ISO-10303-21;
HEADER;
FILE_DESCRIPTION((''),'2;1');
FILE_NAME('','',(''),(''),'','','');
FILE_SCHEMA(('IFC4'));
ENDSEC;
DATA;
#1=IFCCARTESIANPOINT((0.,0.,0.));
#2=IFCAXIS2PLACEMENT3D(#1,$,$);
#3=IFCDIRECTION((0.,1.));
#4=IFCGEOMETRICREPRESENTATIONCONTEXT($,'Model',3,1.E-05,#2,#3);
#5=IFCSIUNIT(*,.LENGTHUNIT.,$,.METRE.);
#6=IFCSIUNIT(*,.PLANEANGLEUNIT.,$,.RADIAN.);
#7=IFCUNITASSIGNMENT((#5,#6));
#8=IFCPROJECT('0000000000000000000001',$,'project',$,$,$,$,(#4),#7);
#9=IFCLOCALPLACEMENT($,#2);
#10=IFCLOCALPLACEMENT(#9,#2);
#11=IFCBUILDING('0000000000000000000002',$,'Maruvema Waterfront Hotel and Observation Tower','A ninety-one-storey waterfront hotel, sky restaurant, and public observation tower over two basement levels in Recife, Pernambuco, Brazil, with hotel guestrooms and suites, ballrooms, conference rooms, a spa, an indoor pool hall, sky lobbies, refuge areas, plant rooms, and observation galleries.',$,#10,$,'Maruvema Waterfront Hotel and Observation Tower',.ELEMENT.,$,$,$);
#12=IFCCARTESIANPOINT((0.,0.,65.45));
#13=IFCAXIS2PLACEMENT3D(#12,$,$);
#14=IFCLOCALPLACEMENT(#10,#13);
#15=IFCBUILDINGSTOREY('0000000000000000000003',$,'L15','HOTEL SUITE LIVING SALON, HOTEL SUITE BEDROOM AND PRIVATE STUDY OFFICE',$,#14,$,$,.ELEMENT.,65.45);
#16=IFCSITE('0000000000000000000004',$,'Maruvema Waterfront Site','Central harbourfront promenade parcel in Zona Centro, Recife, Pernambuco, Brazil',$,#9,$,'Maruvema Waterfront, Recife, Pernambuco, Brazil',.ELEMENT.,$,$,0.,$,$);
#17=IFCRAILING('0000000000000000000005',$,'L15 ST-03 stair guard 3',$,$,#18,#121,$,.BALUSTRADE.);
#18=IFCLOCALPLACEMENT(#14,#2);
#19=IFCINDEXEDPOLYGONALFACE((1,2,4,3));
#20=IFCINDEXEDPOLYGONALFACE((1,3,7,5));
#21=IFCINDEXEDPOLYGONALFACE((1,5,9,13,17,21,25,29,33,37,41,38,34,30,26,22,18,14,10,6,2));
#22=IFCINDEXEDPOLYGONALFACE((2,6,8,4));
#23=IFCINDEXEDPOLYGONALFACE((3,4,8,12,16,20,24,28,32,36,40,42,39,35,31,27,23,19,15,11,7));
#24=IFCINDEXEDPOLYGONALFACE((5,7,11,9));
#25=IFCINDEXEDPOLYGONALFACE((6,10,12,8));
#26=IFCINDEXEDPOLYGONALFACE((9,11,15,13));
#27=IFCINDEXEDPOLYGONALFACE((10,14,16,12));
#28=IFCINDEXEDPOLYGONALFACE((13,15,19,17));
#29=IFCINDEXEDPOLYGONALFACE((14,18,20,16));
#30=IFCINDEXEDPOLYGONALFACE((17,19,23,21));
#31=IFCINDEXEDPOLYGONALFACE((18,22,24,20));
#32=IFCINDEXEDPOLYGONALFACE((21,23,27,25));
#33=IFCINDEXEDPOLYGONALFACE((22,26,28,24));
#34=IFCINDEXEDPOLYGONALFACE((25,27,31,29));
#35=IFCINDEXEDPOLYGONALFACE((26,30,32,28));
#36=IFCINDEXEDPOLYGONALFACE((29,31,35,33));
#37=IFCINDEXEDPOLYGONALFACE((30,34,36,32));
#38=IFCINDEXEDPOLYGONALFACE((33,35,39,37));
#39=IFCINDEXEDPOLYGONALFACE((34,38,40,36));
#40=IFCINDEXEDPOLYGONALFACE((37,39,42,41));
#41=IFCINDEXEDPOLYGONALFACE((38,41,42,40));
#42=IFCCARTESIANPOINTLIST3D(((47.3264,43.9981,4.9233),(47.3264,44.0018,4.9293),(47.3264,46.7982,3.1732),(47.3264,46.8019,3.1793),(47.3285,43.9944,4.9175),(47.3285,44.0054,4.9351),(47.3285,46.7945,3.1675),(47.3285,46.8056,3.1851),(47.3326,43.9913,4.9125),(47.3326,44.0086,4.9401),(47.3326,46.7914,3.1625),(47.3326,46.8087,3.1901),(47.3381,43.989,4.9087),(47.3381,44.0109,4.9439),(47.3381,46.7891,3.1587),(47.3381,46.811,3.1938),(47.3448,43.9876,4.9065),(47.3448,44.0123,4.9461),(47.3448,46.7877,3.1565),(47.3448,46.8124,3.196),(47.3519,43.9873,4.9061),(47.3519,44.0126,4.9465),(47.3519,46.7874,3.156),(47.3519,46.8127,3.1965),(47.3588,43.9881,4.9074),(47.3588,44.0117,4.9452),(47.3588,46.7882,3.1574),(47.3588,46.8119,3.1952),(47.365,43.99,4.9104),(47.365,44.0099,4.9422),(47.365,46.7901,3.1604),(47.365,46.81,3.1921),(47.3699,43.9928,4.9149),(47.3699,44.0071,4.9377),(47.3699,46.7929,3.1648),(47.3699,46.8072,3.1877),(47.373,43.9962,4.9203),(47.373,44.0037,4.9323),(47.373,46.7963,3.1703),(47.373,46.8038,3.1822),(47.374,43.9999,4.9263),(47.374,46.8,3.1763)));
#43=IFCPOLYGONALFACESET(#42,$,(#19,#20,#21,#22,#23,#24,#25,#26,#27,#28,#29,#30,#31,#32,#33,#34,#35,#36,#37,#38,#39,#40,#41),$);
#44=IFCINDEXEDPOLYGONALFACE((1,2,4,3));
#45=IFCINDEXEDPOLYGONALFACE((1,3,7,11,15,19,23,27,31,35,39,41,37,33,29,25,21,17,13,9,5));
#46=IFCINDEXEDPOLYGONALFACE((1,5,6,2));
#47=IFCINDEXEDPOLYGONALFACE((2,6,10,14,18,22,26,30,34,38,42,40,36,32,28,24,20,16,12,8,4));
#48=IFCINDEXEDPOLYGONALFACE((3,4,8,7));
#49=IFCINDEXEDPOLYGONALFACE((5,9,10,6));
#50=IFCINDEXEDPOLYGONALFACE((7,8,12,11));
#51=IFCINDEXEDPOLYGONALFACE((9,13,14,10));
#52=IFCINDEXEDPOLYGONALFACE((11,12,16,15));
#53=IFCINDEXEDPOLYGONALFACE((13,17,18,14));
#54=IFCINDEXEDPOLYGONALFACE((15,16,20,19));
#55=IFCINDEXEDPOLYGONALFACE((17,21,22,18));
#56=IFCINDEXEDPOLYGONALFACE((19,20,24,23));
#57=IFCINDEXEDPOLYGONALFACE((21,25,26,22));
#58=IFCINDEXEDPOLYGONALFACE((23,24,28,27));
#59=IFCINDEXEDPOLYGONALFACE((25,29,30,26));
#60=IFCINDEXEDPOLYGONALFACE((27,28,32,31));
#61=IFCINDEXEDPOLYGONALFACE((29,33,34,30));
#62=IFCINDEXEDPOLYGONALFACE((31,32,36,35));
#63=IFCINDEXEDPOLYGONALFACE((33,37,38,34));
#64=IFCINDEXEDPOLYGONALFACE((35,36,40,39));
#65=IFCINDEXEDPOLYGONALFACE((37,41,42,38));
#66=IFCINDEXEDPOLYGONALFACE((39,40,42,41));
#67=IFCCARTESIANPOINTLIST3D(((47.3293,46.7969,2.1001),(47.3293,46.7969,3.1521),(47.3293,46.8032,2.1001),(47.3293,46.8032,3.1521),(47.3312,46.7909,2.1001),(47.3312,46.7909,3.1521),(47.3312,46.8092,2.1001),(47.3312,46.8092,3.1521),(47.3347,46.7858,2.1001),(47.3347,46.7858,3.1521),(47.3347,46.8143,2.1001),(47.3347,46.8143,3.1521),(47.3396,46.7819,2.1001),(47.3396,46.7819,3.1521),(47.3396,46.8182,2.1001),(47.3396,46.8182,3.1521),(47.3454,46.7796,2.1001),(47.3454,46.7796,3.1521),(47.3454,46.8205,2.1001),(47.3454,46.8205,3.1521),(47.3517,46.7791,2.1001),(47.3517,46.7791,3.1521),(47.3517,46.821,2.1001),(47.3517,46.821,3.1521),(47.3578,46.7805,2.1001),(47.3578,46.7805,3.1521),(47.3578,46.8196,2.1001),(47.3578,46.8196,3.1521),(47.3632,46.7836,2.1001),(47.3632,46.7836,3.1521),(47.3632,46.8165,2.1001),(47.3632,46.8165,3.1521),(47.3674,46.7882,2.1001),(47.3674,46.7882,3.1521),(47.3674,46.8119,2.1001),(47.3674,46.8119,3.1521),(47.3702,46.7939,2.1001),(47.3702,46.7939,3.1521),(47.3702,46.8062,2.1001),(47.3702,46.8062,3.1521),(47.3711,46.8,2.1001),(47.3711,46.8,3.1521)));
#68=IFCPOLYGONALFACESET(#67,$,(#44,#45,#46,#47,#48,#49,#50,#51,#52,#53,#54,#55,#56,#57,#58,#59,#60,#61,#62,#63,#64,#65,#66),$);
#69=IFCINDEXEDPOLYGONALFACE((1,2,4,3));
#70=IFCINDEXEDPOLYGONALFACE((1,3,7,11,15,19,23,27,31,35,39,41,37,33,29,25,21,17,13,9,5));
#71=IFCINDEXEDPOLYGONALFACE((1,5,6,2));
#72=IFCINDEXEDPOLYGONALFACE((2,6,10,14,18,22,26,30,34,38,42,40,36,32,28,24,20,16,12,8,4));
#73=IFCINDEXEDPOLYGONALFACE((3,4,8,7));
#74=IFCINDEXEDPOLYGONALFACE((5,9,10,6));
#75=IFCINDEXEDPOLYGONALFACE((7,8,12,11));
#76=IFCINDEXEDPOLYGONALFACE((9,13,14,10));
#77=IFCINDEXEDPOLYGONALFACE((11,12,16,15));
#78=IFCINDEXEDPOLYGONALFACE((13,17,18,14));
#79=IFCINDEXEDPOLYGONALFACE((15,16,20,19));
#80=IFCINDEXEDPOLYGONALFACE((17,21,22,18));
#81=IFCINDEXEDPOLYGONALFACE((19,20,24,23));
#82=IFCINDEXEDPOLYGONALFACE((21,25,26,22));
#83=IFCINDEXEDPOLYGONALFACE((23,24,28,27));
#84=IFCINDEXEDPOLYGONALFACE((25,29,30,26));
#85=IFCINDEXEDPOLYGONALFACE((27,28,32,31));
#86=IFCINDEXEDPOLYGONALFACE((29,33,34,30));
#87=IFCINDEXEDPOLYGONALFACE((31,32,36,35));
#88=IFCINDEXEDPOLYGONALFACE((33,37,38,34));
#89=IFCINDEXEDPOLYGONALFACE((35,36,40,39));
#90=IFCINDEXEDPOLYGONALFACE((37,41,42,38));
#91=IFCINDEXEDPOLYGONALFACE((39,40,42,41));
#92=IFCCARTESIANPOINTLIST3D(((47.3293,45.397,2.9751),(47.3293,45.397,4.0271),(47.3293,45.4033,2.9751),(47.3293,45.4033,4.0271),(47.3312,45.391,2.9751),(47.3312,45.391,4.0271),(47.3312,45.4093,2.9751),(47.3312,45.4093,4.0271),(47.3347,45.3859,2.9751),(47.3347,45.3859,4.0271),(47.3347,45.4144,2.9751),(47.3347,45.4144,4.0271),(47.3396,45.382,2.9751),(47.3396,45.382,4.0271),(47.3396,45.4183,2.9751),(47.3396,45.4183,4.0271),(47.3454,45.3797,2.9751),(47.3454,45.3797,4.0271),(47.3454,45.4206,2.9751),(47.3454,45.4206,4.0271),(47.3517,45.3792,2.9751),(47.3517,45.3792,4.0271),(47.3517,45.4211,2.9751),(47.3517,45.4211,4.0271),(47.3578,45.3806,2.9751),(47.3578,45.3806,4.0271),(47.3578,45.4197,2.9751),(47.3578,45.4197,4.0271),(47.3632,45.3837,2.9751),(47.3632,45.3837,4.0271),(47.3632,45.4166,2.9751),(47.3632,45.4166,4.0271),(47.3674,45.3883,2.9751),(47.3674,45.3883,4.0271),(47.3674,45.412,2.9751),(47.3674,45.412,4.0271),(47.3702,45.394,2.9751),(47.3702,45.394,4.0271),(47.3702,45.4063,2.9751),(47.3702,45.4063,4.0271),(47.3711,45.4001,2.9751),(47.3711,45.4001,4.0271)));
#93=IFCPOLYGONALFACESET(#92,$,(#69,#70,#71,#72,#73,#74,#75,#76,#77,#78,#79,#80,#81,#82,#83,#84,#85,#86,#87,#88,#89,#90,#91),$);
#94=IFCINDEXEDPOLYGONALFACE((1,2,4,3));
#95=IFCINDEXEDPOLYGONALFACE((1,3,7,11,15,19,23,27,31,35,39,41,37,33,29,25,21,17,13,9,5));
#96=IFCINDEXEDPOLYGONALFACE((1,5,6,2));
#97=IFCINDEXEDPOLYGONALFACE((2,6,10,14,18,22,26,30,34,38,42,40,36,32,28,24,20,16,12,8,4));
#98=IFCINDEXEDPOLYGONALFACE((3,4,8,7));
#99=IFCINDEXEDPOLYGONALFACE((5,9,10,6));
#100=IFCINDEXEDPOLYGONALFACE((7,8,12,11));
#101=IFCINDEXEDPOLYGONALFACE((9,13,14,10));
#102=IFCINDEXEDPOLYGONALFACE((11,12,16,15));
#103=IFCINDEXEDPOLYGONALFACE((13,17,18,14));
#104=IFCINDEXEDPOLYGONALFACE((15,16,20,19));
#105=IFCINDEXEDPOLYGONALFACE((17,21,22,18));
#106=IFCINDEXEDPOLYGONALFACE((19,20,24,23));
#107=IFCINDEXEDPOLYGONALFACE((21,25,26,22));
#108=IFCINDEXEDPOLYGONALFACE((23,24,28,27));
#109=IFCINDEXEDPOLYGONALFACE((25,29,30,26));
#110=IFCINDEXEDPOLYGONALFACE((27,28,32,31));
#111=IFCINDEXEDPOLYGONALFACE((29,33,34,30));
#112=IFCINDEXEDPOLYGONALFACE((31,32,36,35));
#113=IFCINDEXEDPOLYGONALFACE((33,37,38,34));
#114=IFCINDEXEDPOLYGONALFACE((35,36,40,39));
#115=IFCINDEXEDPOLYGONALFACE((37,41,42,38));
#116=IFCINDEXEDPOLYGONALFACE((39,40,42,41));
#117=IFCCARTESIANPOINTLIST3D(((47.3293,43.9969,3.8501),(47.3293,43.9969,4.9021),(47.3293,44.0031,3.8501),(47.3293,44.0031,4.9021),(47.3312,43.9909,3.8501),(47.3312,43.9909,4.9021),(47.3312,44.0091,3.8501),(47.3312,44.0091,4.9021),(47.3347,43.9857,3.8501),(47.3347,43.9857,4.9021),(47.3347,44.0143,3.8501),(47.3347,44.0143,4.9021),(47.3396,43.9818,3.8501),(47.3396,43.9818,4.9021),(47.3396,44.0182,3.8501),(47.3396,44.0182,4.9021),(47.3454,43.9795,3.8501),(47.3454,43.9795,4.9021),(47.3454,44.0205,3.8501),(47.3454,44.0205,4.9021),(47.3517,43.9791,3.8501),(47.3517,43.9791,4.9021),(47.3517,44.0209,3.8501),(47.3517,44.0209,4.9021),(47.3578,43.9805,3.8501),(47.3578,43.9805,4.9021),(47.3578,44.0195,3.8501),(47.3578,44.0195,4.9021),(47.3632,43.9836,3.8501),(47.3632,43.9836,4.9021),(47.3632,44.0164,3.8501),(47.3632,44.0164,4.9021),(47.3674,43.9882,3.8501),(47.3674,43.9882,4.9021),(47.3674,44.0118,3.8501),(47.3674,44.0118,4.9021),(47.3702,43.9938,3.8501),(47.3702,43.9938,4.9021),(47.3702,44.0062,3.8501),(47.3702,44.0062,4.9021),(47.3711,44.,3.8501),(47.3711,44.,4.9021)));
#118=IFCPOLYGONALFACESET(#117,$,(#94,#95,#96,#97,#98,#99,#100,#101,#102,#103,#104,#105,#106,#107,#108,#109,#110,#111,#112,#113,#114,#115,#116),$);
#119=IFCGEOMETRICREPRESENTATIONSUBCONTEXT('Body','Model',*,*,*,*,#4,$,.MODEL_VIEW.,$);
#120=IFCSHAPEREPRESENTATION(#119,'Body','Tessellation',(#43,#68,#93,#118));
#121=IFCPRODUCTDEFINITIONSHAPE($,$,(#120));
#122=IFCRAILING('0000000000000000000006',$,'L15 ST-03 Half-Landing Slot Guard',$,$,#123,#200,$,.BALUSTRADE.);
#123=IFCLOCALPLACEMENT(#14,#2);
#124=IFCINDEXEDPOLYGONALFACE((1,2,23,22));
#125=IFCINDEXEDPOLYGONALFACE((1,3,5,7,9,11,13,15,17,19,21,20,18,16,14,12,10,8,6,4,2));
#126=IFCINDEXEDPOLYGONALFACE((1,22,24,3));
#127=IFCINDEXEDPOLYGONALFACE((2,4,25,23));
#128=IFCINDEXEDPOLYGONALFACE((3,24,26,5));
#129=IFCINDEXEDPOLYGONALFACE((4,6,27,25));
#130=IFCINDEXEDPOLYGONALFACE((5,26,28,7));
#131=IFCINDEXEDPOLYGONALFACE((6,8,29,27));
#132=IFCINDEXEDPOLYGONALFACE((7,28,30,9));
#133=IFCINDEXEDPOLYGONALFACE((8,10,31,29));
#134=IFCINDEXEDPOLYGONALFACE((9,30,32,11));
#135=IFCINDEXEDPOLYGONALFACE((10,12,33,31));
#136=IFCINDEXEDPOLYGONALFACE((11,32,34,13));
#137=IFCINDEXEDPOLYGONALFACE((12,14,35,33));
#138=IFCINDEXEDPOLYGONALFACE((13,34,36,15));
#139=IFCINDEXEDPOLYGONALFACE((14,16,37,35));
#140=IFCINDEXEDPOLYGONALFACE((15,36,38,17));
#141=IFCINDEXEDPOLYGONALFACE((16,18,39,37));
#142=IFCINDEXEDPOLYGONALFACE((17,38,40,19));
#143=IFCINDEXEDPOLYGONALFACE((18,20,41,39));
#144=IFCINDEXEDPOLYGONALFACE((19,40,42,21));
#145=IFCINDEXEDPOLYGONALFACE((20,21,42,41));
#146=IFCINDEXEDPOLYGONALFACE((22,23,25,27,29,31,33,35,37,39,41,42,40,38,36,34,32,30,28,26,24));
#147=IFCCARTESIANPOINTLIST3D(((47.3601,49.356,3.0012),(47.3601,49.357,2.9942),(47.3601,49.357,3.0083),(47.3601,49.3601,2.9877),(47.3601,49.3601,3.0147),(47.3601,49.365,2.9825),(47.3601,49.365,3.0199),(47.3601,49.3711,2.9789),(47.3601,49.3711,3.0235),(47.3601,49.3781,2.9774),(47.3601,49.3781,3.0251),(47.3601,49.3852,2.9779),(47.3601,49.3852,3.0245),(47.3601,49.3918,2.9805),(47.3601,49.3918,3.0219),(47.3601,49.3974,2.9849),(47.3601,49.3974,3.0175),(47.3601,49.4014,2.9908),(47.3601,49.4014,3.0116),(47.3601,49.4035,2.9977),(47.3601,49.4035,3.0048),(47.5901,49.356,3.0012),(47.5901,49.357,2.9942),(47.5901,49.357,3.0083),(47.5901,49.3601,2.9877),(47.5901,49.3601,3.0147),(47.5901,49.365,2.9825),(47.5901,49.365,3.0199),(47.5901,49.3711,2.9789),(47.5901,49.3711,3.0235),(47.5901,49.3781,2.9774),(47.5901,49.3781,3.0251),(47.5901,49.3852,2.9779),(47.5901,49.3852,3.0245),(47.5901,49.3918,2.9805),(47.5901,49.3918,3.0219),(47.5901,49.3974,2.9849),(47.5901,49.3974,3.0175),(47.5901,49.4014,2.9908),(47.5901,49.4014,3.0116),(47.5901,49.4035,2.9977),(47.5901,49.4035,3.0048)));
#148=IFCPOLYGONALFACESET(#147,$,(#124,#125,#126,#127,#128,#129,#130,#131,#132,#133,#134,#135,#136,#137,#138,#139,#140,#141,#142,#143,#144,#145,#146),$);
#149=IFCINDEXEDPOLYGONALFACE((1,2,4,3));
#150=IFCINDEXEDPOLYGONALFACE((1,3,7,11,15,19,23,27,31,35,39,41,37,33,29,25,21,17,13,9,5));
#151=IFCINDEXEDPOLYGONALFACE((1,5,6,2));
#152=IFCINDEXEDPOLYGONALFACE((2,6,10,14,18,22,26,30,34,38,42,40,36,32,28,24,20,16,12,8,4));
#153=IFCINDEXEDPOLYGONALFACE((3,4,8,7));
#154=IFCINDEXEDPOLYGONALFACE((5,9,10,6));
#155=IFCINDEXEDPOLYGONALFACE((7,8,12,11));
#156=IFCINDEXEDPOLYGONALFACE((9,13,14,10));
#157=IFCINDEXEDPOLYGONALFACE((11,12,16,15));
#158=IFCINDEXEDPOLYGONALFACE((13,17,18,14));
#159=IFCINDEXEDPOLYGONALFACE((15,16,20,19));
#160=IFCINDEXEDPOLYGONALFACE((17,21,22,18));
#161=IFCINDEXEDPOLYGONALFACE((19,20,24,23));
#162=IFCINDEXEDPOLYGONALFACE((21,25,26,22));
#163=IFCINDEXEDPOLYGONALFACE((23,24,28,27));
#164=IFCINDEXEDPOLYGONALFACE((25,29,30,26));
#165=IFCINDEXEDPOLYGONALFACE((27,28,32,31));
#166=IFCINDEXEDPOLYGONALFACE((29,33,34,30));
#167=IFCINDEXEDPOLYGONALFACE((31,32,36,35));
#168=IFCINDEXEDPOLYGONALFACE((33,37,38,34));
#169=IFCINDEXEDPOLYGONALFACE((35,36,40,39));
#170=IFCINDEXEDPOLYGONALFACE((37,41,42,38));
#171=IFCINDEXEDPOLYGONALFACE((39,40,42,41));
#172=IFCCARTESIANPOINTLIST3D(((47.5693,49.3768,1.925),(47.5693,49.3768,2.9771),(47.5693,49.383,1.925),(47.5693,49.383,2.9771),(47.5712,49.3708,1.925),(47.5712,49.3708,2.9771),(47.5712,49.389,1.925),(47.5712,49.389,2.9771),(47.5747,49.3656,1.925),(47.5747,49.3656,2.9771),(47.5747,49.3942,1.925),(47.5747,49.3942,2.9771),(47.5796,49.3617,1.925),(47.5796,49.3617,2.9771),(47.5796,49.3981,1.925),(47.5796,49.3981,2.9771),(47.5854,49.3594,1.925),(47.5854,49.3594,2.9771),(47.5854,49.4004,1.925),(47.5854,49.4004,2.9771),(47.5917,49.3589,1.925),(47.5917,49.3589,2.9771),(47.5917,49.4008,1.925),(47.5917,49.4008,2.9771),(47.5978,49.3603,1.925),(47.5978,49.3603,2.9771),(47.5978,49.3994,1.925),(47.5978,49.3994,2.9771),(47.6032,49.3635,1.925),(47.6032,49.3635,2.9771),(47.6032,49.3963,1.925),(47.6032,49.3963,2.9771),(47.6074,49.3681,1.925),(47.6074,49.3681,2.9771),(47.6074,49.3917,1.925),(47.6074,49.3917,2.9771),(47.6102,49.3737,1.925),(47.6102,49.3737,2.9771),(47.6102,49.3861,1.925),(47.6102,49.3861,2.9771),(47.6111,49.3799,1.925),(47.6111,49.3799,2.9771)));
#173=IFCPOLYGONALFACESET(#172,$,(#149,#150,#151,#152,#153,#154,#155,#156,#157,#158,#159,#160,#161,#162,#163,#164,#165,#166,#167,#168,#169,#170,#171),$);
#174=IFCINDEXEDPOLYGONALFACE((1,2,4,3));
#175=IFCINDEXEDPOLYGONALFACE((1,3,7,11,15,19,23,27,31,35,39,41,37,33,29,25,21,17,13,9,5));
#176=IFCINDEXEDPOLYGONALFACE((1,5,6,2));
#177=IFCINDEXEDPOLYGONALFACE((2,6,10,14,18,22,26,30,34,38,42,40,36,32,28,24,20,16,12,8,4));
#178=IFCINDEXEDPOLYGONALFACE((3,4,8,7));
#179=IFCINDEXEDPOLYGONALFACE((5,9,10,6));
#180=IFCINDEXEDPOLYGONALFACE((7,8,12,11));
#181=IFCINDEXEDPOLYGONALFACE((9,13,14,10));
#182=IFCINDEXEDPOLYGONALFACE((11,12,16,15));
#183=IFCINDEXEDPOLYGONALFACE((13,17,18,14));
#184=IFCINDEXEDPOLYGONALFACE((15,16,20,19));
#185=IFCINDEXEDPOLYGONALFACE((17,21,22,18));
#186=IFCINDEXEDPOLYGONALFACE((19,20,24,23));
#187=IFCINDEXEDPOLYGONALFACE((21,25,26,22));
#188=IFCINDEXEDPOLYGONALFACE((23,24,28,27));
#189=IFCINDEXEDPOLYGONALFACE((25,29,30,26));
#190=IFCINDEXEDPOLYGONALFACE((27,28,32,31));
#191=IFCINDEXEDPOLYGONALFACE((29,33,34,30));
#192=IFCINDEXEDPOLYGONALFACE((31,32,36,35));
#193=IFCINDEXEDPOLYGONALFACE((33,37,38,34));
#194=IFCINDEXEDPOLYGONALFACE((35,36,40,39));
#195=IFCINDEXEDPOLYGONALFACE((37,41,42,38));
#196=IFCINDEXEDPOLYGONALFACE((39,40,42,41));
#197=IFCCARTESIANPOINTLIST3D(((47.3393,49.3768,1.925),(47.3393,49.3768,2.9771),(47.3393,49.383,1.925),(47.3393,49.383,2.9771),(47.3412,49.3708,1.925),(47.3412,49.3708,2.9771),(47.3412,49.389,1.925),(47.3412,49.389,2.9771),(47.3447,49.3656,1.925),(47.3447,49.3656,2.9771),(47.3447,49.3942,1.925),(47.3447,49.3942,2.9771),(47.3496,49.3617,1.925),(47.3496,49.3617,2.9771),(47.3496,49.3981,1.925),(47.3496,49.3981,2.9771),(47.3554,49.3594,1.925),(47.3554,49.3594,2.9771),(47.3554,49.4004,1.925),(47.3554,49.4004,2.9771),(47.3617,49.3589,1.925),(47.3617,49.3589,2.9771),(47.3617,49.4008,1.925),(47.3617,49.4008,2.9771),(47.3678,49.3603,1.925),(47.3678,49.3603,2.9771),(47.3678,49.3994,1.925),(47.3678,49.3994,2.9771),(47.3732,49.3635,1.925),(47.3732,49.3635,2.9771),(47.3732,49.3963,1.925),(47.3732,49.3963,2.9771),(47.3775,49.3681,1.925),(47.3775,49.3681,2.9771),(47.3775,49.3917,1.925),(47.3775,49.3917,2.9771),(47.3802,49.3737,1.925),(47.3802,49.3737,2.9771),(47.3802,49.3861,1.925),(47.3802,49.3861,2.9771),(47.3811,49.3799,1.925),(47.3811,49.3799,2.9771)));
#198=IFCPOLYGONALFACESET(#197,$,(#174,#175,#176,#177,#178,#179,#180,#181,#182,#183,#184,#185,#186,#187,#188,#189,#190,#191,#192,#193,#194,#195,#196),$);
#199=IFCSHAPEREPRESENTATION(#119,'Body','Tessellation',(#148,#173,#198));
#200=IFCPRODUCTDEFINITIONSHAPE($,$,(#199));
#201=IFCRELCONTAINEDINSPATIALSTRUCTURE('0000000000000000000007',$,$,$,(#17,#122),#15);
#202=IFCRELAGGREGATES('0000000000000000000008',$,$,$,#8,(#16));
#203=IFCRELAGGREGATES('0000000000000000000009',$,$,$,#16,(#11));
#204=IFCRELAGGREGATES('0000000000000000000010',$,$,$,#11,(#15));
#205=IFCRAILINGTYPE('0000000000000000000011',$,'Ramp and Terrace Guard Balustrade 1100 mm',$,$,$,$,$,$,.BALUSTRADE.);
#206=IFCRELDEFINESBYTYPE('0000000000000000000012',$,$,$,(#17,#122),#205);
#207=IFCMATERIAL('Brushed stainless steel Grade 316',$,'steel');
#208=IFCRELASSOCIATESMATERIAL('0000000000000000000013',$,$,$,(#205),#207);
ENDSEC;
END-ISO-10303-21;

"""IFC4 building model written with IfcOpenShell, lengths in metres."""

from ifc_helpers import new_model, si_unit, direction, frame, origin, origin_2d, place, context, subcontext, project, spatial, circle, extrude, material, type_object, element, save


model = new_model("IFC4")

# Units and contexts
model_context = context("Model", 3, precision=1e-05, world=origin(), true_north=direction((0.0, 1.0)))
body_context = subcontext(model_context, "Body", "Model", "MODEL_VIEW")
ifc_project = project(units=[si_unit("LENGTHUNIT", "METRE"), si_unit("PLANEANGLEUNIT", "RADIAN")], contexts=[model_context])

# Site, building, storey
site_placement = place(None, origin())
site = spatial("IfcSite", under=ifc_project, at=site_placement, Name="Maruvema Waterfront Site", Description="Central harbourfront promenade parcel in Zona Centro, Recife, Pernambuco, Brazil", LongName="Maruvema Waterfront, Recife, Pernambuco, Brazil", CompositionType="ELEMENT", RefElevation=0.0)
building_placement = place(site_placement, origin())
building = spatial("IfcBuilding", under=site, at=building_placement, Name="Maruvema Waterfront Hotel and Observation Tower", Description="A ninety-one-storey waterfront hotel, sky restaurant, and public observation tower over two basement levels in Recife, Pernambuco, Brazil, with hotel guestrooms and suites, ballrooms, conference rooms, a spa, an indoor pool hall, sky lobbies, refuge areas, plant rooms, and observation galleries.", LongName="Maruvema Waterfront Hotel and Observation Tower", CompositionType="ELEMENT")
storey_placement = place(building_placement, frame((0.0, 0.0, 65.45)))
storey = spatial("IfcBuildingStorey", under=building, at=storey_placement, Name="L15", Description="HOTEL SUITE LIVING SALON, HOTEL SUITE BEDROOM AND PRIVATE STUDY OFFICE", CompositionType="ELEMENT", Elevation=65.45)

# Railings
ifc_material_1 = material(Name="Brushed stainless steel Grade 316", Category="steel")
railing_type_1 = type_object("IfcRailingType", Name="Ramp and Terrace Guard Balustrade 1100 mm", PredefinedType="BALUSTRADE", material=ifc_material_1)
railing_1_placement = place(storey_placement, frame((47.3501, 46.8, 2.1001)))
element("IfcRailing", 1, at=railing_1_placement, inside=storey, type_object=railing_type_1, Name="L15 ST-03 stair guard 3", PredefinedType="BALUSTRADE", context=body_context, shape_type="SweptSolid", body=[
    extrude(circle(Radius=0.0239, at=origin_2d()), frame((0.0, 0.0, 1.0762), z_axis=(0.0, -0.848002, 0.529992), x_axis=(1.0, 0.0, 0.0)), (0.0, 0.0, 1.0), 3.302),
    extrude(circle(Radius=0.021, at=origin_2d()), origin(), (0.0, 0.0, 1.0), 1.052),
    extrude(circle(Radius=0.021, at=origin_2d()), frame((0.0, -1.3999, 0.875)), (0.0, 0.0, 1.0), 1.052),
    extrude(circle(Radius=0.021, at=origin_2d()), frame((0.0, -2.8, 1.75)), (0.0, 0.0, 1.0), 1.052),
])
railing_2_placement = place(storey_placement, frame((47.5901, 49.3799, 1.925)))
element("IfcRailing", 2, at=railing_2_placement, inside=storey, type_object=railing_type_1, Name="L15 ST-03 Half-Landing Slot Guard", PredefinedType="BALUSTRADE", context=body_context, shape_type="SweptSolid", body=[
    extrude(circle(Radius=0.0239, at=origin_2d()), frame((0.0, 0.0, 1.0762), z_axis=(-1.0, 0.0, 0.0), x_axis=(0.0, -1.0, 0.0)), (0.0, 0.0, 1.0), 0.23),
    extrude(circle(Radius=0.021, at=origin_2d()), origin(), (0.0, 0.0, 1.0), 1.052),
    extrude(circle(Radius=0.021, at=origin_2d()), frame((-0.23, 0.0, 0.0)), (0.0, 0.0, 1.0), 1.052),
])

save(model, "model.ifc")
